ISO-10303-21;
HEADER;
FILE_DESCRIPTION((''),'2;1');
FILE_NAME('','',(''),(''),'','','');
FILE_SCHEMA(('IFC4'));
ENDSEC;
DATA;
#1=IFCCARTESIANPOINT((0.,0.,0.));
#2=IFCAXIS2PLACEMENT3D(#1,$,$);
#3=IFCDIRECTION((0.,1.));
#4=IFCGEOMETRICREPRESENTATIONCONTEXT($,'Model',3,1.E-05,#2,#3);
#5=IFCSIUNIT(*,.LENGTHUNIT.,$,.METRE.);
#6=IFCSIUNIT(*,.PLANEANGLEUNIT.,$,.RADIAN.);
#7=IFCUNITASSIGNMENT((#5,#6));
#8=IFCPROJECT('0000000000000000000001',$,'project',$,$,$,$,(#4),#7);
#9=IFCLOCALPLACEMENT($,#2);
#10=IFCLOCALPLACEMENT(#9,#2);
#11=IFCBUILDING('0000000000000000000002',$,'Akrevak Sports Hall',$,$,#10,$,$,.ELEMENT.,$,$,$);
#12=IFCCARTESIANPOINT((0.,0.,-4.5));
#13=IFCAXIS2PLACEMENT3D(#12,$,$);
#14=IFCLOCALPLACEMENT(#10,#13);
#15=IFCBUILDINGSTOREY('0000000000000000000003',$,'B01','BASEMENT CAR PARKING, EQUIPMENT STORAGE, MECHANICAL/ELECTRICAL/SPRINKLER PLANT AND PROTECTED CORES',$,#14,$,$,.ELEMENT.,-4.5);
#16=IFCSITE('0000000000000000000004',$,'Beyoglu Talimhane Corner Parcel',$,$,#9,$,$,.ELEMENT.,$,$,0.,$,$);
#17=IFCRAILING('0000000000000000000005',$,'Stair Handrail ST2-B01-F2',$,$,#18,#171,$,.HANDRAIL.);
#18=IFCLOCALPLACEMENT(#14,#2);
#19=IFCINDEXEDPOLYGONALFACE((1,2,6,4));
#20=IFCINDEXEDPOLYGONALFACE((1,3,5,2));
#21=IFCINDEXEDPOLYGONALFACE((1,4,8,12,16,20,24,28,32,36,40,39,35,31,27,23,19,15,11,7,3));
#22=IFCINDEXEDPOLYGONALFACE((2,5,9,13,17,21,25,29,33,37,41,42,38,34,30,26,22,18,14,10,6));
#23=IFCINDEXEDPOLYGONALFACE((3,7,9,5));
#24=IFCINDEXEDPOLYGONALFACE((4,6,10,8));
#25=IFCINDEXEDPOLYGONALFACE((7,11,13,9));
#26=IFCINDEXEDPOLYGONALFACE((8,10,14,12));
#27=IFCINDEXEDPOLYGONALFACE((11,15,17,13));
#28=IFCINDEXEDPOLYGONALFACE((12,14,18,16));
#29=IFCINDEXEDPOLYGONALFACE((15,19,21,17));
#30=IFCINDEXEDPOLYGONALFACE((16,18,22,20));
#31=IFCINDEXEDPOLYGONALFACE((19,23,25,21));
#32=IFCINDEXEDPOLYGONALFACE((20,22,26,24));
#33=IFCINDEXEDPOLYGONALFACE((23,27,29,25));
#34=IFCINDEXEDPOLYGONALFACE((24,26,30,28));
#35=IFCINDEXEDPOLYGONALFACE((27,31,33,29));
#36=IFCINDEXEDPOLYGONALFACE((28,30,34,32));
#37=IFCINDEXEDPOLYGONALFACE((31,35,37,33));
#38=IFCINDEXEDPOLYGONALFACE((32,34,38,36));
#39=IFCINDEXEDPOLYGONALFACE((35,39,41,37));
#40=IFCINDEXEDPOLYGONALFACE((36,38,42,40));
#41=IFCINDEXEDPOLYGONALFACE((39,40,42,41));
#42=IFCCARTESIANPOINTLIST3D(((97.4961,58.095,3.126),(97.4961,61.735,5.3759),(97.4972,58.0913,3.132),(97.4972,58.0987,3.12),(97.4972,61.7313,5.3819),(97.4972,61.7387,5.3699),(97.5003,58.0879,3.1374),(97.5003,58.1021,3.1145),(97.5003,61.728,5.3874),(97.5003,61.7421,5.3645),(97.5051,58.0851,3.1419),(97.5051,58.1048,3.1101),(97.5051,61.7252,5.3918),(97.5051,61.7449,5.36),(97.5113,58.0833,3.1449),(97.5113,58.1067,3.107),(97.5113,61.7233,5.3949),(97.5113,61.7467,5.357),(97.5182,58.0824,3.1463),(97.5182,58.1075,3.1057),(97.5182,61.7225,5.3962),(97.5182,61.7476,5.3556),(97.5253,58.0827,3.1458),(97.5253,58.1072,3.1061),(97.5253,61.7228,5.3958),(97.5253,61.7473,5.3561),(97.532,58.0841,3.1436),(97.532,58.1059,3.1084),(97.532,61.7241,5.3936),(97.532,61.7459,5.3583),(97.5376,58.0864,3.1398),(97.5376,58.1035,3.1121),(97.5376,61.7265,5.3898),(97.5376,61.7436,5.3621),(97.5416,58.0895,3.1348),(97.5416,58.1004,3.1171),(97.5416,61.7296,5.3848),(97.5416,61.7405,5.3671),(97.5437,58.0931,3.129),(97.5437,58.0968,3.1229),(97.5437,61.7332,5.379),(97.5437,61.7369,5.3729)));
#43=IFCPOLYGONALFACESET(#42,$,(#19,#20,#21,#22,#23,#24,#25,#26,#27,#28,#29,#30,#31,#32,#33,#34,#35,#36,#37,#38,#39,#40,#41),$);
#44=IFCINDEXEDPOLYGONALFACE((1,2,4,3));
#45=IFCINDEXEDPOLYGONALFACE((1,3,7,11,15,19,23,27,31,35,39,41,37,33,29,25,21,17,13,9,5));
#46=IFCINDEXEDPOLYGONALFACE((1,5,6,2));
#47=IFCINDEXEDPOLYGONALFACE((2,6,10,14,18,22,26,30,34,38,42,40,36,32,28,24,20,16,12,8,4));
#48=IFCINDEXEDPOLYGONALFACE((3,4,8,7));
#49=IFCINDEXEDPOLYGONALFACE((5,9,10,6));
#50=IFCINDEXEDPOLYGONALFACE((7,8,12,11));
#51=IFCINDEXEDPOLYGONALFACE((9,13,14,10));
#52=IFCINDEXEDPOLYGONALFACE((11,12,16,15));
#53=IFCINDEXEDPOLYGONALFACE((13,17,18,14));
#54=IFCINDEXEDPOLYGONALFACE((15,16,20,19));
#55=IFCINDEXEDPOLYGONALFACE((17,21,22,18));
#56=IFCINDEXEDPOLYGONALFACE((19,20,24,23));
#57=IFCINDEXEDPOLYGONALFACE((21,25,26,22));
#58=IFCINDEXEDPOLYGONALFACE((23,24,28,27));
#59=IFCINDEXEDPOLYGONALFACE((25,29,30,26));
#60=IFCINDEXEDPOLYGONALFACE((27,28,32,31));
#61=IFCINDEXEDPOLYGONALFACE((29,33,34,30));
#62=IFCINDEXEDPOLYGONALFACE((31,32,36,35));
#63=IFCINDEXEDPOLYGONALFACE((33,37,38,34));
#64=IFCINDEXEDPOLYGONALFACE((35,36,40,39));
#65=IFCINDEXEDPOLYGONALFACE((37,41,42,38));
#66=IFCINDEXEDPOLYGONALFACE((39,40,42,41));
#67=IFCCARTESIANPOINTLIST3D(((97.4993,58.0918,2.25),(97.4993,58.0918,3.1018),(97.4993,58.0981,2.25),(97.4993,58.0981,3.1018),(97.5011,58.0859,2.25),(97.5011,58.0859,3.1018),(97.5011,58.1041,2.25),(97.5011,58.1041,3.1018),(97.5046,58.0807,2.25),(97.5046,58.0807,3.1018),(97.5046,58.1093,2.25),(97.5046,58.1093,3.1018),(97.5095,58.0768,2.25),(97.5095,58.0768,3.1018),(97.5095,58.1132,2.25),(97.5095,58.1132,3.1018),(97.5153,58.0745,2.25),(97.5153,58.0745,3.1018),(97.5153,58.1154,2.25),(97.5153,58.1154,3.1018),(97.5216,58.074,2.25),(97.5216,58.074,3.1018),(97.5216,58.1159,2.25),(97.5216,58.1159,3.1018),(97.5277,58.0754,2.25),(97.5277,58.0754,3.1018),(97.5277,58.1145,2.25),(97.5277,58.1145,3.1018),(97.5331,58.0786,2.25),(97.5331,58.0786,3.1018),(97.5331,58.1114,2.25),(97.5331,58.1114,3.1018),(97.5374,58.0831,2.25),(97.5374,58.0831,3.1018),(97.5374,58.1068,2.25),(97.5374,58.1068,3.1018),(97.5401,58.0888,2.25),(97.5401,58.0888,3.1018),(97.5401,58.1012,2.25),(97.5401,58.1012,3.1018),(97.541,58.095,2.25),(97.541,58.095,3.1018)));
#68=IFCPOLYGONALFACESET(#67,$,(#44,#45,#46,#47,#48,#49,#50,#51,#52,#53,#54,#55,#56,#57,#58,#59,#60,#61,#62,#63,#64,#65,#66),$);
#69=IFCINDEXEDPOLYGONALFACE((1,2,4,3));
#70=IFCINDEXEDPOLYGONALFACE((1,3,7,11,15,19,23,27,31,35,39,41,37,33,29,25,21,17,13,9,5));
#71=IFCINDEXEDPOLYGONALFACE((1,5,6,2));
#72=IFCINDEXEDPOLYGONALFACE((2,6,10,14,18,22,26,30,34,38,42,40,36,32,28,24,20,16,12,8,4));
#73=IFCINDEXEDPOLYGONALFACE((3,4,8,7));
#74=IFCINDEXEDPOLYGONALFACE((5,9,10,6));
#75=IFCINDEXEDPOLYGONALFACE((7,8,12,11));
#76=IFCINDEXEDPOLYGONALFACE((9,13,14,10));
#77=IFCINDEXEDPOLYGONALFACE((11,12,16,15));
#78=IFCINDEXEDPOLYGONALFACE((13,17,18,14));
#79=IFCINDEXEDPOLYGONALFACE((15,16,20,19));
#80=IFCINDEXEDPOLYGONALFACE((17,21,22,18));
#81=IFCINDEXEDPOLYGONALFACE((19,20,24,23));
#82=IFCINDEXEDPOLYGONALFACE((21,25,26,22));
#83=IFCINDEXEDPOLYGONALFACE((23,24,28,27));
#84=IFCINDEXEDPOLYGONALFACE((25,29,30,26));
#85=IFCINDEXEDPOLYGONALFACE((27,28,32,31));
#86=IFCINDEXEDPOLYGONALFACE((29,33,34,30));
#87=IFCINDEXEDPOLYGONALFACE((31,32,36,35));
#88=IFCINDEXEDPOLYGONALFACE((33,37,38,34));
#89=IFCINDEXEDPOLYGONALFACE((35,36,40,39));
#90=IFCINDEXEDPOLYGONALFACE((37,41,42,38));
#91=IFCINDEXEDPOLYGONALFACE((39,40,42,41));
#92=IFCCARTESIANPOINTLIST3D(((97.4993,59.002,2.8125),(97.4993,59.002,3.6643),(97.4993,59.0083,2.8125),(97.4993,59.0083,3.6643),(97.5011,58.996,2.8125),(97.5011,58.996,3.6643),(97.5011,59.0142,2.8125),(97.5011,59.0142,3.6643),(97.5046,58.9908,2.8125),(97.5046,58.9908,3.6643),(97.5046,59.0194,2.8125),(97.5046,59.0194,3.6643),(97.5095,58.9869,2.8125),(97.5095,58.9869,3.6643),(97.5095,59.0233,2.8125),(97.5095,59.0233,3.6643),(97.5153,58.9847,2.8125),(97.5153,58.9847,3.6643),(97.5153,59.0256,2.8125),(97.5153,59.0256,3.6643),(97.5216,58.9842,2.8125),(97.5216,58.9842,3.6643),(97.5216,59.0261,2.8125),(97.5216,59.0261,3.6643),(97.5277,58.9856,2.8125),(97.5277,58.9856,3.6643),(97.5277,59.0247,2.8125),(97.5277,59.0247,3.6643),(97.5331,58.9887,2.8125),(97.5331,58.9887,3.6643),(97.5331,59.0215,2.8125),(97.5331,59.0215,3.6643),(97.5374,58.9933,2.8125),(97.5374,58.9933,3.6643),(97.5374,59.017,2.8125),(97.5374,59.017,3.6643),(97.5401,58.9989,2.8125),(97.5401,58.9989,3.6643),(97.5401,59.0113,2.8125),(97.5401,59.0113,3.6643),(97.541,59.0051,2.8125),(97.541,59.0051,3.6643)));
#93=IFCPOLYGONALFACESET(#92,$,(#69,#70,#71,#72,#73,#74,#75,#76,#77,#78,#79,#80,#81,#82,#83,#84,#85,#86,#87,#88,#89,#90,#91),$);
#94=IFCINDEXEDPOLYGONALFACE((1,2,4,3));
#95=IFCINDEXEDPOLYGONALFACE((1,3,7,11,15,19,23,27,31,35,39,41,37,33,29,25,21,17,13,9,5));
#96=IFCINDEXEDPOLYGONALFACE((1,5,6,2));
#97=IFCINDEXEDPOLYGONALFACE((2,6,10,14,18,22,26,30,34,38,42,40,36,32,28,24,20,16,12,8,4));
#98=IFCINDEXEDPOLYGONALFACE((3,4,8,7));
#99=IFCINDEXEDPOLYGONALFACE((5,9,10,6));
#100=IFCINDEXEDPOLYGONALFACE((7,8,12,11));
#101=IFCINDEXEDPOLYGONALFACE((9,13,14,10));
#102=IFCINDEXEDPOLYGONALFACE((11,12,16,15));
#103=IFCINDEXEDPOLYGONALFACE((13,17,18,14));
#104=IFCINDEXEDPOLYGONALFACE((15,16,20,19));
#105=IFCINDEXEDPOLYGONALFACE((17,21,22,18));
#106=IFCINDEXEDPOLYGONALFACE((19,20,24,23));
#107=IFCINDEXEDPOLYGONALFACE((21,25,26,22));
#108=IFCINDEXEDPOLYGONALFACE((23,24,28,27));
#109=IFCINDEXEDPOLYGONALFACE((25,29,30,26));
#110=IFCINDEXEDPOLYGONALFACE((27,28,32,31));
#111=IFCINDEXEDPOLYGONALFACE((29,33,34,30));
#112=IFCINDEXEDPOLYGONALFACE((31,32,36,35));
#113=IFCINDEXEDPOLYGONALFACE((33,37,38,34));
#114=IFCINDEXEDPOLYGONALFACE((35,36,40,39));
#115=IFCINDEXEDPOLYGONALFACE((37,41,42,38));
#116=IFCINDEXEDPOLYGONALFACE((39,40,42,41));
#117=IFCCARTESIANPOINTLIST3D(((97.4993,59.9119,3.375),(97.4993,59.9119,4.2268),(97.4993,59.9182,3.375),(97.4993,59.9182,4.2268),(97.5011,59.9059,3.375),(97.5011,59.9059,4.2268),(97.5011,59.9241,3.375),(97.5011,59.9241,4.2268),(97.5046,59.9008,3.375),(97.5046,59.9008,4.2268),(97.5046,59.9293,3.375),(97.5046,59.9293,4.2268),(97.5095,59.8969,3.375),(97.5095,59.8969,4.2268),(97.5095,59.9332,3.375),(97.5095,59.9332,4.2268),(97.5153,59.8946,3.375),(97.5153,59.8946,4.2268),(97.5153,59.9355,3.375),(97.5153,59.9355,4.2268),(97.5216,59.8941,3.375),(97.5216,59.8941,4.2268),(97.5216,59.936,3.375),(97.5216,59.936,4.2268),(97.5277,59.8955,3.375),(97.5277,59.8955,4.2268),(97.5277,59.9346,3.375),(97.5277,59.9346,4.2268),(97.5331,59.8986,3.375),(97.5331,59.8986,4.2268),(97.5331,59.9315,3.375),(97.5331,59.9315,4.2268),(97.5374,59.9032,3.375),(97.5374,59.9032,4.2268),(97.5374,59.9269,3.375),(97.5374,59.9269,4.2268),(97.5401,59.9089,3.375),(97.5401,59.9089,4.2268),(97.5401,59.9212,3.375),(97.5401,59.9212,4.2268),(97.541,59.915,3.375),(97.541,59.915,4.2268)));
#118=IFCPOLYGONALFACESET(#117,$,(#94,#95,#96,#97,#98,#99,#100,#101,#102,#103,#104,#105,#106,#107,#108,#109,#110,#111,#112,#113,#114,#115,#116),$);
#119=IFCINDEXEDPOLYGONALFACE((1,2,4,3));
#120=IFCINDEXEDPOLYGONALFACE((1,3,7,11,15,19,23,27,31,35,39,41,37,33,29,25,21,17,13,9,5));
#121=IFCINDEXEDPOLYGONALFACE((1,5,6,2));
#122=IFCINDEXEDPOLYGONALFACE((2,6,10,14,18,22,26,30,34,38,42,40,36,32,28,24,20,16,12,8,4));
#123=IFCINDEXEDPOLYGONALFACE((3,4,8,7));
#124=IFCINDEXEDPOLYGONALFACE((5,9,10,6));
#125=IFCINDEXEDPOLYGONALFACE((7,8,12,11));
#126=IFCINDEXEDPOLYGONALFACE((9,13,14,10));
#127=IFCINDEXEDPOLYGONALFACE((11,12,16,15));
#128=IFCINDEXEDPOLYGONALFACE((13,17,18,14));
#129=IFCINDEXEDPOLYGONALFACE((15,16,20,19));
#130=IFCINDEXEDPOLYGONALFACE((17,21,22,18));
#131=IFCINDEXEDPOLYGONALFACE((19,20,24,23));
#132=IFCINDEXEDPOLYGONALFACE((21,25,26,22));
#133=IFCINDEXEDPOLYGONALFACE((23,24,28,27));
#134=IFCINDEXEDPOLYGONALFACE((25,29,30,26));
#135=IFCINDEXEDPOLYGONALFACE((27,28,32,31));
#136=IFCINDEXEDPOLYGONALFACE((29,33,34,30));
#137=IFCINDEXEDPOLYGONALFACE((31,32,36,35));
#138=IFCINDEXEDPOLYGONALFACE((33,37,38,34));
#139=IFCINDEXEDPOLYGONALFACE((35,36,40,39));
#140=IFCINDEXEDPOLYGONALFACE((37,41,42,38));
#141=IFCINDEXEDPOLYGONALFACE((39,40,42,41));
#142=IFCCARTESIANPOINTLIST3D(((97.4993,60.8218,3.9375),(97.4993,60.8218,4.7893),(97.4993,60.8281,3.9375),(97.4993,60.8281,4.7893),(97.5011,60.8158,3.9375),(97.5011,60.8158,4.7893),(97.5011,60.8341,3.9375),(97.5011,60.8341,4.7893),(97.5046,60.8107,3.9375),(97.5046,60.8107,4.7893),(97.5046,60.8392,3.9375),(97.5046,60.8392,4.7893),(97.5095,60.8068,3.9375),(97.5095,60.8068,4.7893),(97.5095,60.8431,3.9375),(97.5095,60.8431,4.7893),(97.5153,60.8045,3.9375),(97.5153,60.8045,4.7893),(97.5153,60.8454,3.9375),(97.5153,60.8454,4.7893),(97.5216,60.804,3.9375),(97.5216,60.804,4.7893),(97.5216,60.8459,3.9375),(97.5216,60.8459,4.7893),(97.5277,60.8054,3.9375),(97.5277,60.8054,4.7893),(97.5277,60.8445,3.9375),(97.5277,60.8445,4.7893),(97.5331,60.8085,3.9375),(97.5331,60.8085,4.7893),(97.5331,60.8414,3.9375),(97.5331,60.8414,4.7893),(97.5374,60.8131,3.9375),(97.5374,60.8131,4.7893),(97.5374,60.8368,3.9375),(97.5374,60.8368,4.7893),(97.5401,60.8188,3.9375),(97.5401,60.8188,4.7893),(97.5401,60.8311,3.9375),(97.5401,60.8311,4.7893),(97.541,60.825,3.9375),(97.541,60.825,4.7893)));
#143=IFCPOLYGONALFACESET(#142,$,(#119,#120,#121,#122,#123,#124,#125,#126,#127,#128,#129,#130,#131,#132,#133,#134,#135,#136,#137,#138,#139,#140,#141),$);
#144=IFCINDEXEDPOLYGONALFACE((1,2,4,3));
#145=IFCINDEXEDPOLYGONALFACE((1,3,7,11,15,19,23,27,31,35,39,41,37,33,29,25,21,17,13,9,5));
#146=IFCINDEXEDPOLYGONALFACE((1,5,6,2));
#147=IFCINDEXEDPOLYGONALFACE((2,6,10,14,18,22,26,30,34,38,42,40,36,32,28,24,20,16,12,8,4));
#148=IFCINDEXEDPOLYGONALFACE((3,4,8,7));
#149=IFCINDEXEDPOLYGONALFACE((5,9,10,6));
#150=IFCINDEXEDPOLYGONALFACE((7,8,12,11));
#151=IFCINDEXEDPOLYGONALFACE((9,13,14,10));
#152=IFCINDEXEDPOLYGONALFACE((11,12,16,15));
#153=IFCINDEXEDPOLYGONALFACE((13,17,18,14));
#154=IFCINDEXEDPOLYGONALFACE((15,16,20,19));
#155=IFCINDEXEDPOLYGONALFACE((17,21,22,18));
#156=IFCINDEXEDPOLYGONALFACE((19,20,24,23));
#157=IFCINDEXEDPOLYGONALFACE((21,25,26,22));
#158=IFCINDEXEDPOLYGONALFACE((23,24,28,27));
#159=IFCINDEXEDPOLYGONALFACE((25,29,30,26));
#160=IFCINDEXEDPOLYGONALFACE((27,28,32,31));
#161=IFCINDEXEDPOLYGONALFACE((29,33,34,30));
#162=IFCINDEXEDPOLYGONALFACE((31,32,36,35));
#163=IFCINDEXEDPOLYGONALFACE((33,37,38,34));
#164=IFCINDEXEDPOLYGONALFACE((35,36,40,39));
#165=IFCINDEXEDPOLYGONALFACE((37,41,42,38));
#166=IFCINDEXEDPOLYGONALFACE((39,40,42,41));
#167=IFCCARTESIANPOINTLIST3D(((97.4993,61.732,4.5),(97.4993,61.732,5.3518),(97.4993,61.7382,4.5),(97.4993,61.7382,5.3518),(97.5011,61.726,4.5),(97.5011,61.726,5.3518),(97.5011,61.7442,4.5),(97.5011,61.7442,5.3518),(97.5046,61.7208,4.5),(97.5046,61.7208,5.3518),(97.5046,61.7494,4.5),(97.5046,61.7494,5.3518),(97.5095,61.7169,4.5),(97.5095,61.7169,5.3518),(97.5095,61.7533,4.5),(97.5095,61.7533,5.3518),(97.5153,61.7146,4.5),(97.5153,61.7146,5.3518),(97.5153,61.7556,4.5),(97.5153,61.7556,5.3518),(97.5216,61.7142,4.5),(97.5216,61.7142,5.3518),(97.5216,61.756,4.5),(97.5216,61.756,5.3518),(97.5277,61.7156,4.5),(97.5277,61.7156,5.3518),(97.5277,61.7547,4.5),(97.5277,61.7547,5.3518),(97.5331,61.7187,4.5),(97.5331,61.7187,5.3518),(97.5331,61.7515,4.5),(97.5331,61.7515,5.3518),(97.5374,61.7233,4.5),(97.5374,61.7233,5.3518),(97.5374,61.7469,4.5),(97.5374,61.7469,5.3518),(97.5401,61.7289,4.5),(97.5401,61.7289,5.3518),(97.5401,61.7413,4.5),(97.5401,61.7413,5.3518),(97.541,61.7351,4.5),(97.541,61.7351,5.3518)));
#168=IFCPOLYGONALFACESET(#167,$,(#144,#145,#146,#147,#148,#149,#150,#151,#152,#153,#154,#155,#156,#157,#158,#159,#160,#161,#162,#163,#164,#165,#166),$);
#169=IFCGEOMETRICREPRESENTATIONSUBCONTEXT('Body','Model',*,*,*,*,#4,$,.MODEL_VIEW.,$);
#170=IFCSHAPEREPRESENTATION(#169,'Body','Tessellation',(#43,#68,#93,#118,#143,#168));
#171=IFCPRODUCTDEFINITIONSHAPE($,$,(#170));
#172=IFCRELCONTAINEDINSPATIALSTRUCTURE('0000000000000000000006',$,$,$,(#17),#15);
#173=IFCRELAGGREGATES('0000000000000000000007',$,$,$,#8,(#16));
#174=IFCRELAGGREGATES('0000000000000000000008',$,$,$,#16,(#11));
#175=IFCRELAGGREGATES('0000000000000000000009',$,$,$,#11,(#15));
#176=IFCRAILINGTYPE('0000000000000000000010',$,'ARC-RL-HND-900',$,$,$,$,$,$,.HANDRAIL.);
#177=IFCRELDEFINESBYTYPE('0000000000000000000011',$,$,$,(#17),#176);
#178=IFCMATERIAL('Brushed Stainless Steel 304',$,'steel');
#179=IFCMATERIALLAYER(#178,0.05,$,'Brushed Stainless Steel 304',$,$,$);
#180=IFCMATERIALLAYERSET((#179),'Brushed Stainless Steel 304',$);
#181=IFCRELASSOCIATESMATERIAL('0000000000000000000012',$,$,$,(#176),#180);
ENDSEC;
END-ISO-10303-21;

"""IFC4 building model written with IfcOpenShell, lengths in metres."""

from ifc_helpers import new_model, si_unit, direction, frame, origin, origin_2d, place, context, subcontext, project, spatial, circle, extrude, material, layer, layer_set, type_object, element, save


model = new_model("IFC4")

# Units and contexts
model_context = context("Model", 3, precision=1e-05, world=origin(), true_north=direction((0.0, 1.0)))
body_context = subcontext(model_context, "Body", "Model", "MODEL_VIEW")
ifc_project = project(units=[si_unit("LENGTHUNIT", "METRE"), si_unit("PLANEANGLEUNIT", "RADIAN")], contexts=[model_context])

# Site, building, storey
site_placement = place(None, origin())
site = spatial("IfcSite", under=ifc_project, at=site_placement, Name="Beyoglu Talimhane Corner Parcel", CompositionType="ELEMENT", RefElevation=0.0)
building_placement = place(site_placement, origin())
building = spatial("IfcBuilding", under=site, at=building_placement, Name="Akrevak Sports Hall", CompositionType="ELEMENT")
storey_placement = place(building_placement, frame((0.0, 0.0, -4.5)))
storey = spatial("IfcBuildingStorey", under=building, at=storey_placement, Name="B01", Description="BASEMENT CAR PARKING, EQUIPMENT STORAGE, MECHANICAL/ELECTRICAL/SPRINKLER PLANT AND PROTECTED CORES", CompositionType="ELEMENT", Elevation=-4.5)

# Railing
ifc_material_1 = material(Name="Brushed Stainless Steel 304", Category="steel")
ifc_layer_1 = layer(ifc_material_1, 0.05, Name="Brushed Stainless Steel 304")
ifc_layer_set_1 = layer_set([ifc_layer_1], Name="Brushed Stainless Steel 304")
railing_type_1 = type_object("IfcRailingType", Name="ARC-RL-HND-900", PredefinedType="HANDRAIL", material=ifc_layer_set_1)
railing_1_placement = place(storey_placement, frame((97.52, 58.095, 2.25)))
element("IfcRailing", 1, at=railing_1_placement, inside=storey, type_object=railing_type_1, Name="Stair Handrail ST2-B01-F2", PredefinedType="HANDRAIL", context=body_context, shape_type="SweptSolid", body=[
    extrude(circle(Radius=0.0239, at=origin_2d()), frame((0.0, 0.0, 0.876), z_axis=(0.0, 0.850622, 0.525777), x_axis=(-1.0, 0.0, 0.0)), (0.0, 0.0, 1.0), 4.2793),
    extrude(circle(Radius=0.021, at=origin_2d()), origin(), (0.0, 0.0, 1.0), 0.8518),
    extrude(circle(Radius=0.021, at=origin_2d()), frame((0.0, 0.9102, 0.5625)), (0.0, 0.0, 1.0), 0.8518),
    extrude(circle(Radius=0.021, at=origin_2d()), frame((0.0, 1.8201, 1.125)), (0.0, 0.0, 1.0), 0.8518),
    extrude(circle(Radius=0.021, at=origin_2d()), frame((0.0, 2.73, 1.6875)), (0.0, 0.0, 1.0), 0.8518),
    extrude(circle(Radius=0.021, at=origin_2d()), frame((0.0, 3.6401, 2.25)), (0.0, 0.0, 1.0), 0.8518),
])

save(model, "model.ifc")
